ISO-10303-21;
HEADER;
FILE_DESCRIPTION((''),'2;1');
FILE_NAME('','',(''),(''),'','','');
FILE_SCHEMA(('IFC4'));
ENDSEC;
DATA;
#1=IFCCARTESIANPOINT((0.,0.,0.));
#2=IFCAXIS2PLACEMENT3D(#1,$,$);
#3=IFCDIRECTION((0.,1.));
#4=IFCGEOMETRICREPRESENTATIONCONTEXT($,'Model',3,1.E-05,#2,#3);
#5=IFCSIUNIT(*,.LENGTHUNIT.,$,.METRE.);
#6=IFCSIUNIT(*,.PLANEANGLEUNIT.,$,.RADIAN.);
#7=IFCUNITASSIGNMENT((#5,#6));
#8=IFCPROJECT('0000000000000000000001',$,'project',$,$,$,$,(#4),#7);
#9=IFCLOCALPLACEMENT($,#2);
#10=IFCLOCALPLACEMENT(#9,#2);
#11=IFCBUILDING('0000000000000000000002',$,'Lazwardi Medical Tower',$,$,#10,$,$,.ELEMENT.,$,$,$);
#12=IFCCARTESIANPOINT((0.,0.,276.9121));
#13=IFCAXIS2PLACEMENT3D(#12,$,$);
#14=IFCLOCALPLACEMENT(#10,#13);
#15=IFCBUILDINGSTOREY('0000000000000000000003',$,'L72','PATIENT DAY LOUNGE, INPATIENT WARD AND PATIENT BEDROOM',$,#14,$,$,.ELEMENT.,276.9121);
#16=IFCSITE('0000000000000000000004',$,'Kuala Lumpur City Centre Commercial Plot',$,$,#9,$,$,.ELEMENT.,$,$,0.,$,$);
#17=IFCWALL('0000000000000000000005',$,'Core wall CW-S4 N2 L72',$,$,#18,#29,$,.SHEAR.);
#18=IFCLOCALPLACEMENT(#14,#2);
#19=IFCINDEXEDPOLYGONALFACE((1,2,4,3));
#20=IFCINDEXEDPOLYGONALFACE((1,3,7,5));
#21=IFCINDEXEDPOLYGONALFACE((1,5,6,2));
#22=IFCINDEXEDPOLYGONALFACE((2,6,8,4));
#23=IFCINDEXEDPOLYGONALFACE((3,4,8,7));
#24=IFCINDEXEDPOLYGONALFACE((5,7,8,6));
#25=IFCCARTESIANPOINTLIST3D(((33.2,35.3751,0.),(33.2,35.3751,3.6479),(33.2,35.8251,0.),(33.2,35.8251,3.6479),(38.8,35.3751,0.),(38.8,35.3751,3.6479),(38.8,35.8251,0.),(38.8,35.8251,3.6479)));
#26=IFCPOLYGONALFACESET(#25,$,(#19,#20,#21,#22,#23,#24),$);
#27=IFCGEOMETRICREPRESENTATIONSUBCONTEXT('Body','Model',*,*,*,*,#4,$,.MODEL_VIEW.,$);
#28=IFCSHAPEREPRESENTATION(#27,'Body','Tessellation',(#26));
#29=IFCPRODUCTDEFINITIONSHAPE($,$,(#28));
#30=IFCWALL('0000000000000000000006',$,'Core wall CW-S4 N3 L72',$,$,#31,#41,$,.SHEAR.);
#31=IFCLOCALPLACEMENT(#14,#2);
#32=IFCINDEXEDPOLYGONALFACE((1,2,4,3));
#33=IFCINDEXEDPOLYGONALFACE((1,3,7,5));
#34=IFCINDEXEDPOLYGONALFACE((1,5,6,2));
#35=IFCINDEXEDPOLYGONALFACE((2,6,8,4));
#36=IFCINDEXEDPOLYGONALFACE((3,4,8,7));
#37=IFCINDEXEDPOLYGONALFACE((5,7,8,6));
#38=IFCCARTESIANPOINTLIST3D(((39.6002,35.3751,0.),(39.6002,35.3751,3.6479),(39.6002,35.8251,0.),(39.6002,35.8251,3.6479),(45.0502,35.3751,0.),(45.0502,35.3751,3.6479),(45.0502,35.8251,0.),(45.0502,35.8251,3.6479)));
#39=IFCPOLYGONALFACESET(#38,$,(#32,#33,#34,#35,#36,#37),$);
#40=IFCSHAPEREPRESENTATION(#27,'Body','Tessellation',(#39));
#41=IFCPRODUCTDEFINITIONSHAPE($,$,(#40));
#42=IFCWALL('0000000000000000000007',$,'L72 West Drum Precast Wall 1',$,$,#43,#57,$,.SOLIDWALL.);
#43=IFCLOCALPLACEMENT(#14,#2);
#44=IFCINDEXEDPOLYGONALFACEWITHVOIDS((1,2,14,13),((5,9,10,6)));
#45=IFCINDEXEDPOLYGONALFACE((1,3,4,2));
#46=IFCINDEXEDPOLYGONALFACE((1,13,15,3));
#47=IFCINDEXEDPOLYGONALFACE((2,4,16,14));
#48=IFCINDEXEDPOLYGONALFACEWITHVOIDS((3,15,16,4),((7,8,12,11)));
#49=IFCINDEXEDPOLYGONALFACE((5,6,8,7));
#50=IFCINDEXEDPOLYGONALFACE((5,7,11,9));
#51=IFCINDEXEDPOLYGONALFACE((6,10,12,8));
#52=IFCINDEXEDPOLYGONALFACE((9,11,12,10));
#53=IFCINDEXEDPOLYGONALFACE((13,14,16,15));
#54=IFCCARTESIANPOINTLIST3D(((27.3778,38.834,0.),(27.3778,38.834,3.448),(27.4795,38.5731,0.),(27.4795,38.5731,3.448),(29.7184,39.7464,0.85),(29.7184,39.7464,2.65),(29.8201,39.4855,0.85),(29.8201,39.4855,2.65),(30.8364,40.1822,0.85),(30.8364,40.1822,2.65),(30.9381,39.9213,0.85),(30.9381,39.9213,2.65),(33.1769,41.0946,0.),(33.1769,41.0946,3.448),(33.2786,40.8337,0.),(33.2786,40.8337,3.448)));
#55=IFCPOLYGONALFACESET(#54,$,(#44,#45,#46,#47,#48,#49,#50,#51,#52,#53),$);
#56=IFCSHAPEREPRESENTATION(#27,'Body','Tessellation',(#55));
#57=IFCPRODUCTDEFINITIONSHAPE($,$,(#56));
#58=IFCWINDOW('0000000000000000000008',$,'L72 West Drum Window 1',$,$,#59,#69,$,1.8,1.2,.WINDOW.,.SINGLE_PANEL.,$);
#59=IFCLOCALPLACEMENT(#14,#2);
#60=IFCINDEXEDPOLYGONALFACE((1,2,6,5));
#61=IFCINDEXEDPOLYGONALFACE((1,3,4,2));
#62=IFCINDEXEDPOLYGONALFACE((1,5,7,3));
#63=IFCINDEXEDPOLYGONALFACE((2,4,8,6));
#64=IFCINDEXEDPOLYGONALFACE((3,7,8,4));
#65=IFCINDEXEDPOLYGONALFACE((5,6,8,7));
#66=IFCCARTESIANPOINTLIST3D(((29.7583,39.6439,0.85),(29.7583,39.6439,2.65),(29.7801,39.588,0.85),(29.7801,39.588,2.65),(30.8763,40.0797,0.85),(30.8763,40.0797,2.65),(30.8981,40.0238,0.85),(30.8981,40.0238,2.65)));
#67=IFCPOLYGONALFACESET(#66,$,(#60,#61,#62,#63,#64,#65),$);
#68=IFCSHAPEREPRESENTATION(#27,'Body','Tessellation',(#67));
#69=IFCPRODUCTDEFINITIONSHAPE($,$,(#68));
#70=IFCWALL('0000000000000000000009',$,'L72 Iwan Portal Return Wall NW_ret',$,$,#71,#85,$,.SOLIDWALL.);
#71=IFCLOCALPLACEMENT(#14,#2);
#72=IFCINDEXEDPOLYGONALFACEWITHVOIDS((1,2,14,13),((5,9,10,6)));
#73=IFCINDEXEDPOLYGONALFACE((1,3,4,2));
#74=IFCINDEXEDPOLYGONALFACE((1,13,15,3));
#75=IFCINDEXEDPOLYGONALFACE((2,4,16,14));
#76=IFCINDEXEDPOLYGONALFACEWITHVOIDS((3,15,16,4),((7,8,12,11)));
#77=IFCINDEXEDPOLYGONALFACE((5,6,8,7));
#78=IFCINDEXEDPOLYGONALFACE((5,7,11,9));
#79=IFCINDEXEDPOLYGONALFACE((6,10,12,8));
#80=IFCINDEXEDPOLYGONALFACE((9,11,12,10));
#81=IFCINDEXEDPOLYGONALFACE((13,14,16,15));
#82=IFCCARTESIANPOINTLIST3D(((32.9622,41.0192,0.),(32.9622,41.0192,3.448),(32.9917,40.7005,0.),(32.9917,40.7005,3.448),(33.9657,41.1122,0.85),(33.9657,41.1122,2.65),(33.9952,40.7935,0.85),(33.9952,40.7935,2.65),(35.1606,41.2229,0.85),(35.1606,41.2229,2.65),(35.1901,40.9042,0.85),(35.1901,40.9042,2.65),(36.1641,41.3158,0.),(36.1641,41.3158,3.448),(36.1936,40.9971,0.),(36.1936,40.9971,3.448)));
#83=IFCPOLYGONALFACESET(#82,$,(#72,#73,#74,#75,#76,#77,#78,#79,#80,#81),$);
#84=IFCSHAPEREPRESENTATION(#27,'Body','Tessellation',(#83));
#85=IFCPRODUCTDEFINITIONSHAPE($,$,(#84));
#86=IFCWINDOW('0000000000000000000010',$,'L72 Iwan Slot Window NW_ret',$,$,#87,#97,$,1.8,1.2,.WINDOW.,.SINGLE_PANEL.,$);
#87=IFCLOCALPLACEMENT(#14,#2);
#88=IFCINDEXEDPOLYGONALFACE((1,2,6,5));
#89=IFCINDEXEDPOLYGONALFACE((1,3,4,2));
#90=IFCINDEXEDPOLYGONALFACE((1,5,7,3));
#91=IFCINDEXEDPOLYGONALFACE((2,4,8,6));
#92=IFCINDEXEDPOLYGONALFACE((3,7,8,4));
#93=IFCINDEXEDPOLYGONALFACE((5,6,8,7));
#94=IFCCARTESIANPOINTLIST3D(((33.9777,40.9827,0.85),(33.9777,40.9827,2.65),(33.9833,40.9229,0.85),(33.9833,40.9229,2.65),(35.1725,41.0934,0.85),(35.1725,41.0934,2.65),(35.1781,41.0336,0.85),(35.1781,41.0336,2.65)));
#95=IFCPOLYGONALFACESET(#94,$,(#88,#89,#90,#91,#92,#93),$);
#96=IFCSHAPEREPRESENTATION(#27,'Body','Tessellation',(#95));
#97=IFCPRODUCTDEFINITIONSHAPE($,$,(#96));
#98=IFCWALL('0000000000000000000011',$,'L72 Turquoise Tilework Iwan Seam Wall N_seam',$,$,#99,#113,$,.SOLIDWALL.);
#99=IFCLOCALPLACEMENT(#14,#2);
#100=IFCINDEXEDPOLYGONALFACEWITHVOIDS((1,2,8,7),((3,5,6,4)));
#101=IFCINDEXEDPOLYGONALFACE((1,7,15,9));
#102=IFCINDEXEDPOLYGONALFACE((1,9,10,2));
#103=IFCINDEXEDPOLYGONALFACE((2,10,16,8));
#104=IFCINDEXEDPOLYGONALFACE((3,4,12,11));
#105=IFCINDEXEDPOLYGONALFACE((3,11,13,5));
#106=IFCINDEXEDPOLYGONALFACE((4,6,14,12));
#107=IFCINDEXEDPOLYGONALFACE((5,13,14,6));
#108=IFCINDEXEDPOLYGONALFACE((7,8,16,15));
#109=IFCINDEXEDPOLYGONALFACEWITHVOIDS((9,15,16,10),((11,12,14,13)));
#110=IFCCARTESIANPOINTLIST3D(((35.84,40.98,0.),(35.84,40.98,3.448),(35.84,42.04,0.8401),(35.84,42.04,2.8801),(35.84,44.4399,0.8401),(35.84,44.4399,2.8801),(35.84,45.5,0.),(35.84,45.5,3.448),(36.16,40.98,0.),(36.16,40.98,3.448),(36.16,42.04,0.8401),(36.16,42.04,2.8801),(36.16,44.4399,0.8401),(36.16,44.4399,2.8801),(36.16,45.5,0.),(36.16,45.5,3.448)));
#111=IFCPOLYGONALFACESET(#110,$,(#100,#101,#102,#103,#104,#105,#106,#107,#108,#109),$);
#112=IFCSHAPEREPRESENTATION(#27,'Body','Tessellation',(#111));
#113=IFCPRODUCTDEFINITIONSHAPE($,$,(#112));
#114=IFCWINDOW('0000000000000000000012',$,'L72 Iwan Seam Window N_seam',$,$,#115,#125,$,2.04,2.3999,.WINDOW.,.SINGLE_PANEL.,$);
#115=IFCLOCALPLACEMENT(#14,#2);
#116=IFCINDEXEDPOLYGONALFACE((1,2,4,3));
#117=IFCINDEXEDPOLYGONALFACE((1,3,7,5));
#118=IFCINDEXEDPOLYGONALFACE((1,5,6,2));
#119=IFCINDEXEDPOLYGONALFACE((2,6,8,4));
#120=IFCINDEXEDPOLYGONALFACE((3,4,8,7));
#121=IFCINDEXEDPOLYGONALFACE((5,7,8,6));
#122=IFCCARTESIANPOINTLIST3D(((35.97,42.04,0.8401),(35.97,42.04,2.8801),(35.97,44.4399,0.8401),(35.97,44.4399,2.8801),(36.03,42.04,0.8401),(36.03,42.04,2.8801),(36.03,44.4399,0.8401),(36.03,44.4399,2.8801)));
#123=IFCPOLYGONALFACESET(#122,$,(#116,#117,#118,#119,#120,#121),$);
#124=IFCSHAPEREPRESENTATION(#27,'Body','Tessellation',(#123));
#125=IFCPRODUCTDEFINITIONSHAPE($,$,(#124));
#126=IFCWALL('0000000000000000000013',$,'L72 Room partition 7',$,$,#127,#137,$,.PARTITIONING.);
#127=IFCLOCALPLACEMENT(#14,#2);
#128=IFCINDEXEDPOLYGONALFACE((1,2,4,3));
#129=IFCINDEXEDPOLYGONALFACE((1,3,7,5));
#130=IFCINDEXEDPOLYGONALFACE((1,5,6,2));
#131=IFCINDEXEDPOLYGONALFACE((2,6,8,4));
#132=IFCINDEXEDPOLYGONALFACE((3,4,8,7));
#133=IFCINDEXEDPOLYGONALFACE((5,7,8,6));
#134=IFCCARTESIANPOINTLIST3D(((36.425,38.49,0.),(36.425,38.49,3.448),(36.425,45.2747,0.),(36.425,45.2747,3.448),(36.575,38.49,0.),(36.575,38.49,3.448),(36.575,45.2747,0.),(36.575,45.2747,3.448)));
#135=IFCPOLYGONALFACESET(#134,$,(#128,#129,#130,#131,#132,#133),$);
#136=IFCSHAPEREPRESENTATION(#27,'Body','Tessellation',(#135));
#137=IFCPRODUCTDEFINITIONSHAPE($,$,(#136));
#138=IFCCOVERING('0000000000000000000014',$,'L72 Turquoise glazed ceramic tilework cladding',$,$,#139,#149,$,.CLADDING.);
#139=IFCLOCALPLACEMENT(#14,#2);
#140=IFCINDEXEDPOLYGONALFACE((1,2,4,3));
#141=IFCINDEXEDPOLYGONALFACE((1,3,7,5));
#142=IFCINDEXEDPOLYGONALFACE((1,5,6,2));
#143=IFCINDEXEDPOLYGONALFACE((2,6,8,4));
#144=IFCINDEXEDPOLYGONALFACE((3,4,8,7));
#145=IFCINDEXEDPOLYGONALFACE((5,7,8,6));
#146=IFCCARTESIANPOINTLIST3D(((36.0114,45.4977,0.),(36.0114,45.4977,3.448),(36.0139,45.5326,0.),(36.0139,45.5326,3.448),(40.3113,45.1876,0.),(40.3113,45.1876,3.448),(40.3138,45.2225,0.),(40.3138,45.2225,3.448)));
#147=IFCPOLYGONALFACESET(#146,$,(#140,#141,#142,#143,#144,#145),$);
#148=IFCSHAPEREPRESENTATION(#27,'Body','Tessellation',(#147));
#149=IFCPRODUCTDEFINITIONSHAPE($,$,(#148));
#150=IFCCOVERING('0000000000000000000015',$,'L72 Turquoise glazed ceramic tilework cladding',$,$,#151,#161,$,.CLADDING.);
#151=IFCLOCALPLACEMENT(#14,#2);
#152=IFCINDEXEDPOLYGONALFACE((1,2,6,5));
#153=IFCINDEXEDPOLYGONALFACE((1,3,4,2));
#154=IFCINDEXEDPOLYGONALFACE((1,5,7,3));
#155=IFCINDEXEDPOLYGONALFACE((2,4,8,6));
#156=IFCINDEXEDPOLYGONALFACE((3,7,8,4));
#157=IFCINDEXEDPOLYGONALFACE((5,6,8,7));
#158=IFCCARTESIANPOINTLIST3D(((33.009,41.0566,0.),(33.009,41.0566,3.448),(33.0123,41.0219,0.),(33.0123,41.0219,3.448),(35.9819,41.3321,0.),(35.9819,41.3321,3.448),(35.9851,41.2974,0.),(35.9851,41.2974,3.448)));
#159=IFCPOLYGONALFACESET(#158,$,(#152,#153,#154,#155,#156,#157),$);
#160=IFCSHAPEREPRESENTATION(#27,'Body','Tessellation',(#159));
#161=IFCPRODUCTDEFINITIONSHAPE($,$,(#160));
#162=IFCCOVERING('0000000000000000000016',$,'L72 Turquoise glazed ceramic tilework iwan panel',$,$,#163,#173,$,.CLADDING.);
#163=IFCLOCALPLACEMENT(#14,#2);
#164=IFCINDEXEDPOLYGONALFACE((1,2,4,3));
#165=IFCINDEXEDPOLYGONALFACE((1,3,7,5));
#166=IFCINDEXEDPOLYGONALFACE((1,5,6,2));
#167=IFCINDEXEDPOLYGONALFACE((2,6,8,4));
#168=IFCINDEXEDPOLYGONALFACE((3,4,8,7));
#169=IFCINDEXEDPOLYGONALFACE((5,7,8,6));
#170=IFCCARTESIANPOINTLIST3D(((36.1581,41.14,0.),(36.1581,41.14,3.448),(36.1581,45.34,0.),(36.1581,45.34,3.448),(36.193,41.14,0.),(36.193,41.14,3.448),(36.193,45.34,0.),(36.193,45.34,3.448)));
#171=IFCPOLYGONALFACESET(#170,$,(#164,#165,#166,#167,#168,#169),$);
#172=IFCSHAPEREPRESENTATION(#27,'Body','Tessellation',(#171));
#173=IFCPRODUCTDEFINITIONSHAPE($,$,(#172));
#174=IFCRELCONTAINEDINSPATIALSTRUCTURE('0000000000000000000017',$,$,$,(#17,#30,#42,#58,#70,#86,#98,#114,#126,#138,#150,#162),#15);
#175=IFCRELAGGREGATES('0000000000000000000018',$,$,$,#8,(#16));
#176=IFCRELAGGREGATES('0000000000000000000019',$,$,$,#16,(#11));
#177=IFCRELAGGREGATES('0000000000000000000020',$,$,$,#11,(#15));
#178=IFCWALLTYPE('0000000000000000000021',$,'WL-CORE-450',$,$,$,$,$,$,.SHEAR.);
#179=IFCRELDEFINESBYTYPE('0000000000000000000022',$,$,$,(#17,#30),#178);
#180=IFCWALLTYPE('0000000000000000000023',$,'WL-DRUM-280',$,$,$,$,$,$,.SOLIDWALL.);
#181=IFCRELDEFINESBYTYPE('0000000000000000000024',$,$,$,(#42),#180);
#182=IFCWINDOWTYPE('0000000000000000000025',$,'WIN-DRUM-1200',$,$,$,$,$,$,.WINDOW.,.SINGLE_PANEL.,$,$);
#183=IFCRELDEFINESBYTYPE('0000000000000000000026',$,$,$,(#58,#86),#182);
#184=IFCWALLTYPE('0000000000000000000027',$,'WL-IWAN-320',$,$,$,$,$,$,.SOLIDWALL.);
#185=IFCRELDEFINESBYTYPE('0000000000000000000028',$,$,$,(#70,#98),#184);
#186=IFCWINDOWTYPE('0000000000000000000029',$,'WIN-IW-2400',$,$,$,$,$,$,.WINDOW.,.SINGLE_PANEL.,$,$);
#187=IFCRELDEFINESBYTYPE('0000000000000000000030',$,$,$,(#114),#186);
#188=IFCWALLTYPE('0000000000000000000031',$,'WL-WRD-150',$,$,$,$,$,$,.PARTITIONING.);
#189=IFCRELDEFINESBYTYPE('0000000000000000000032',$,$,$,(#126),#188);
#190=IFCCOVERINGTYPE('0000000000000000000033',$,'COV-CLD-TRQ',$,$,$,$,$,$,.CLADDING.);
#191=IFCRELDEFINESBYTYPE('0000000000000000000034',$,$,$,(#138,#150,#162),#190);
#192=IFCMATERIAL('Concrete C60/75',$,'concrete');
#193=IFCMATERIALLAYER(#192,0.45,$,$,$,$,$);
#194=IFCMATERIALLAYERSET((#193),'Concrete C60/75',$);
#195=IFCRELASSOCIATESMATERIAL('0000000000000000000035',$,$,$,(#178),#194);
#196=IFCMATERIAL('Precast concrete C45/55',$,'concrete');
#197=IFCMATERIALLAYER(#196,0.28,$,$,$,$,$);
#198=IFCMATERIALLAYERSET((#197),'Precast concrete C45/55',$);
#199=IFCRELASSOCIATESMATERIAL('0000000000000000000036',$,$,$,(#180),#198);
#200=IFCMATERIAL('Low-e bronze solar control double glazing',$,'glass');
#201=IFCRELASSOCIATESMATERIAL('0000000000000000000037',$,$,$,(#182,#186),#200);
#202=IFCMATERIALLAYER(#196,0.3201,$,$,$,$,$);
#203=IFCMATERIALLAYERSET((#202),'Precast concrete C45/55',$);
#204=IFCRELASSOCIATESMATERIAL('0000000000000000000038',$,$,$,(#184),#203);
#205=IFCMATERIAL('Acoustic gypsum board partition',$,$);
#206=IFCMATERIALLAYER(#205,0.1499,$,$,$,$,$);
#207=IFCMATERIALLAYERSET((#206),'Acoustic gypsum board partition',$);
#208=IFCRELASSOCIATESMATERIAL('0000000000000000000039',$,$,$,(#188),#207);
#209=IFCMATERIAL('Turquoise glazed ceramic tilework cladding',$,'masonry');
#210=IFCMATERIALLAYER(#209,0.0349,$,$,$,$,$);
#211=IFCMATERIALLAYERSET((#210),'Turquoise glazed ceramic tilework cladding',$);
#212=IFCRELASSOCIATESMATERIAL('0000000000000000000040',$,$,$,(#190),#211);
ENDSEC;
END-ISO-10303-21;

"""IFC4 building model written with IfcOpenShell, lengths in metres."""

from ifc_helpers import new_model, si_unit, direction, frame, frame_2d, origin, origin_2d, place, context, subcontext, project, spatial, rectangle, extrude, material, layer, layer_set, type_object, element, fill, save


model = new_model("IFC4")

# Units and contexts
model_context = context("Model", 3, precision=1e-05, world=origin(), true_north=direction((0.0, 1.0)))
body_context = subcontext(model_context, "Body", "Model", "MODEL_VIEW")
ifc_project = project(units=[si_unit("LENGTHUNIT", "METRE"), si_unit("PLANEANGLEUNIT", "RADIAN")], contexts=[model_context])

# Site, building, storey
site_placement = place(None, origin())
site = spatial("IfcSite", under=ifc_project, at=site_placement, Name="Kuala Lumpur City Centre Commercial Plot", CompositionType="ELEMENT", RefElevation=0.0)
building_placement = place(site_placement, origin())
building = spatial("IfcBuilding", under=site, at=building_placement, Name="Lazwardi Medical Tower", CompositionType="ELEMENT")
storey_placement = place(building_placement, frame((0.0, 0.0, 276.9121)))
storey = spatial("IfcBuildingStorey", under=building, at=storey_placement, Name="L72", Description="PATIENT DAY LOUNGE, INPATIENT WARD AND PATIENT BEDROOM", CompositionType="ELEMENT", Elevation=276.9121)

# Shared definitions
ifc_material_1 = material(Name="Concrete C60/75", Category="concrete")

# Walls
ifc_layer_1 = layer(ifc_material_1, 0.45)
ifc_layer_set_1 = layer_set([ifc_layer_1], Name="Concrete C60/75")
wall_type_1 = type_object("IfcWallType", Name="WL-CORE-450", PredefinedType="SHEAR", material=ifc_layer_set_1)
wall_1_placement = place(storey_placement, frame((33.2, 35.6001, 0.0), z_axis=(0.0, 0.0, 1.0), x_axis=(1.0, 0.0, 0.0)))
element("IfcWall", 1, at=wall_1_placement, inside=storey, type_object=wall_type_1, Name="Core wall CW-S4 N2 L72", PredefinedType="SHEAR", context=body_context, shape_type="SweptSolid", body=[
    extrude(rectangle(XDim=5.6001, YDim=0.45, at=frame_2d((2.8, 0.0))), origin(), (0.0, 0.0, 1.0), 3.6479),
])
wall_2_placement = place(storey_placement, frame((39.6001, 35.6001, 0.0), z_axis=(0.0, 0.0, 1.0), x_axis=(1.0, 0.0, 0.0)))
element("IfcWall", 2, at=wall_2_placement, inside=storey, type_object=wall_type_1, Name="Core wall CW-S4 N3 L72", PredefinedType="SHEAR", context=body_context, shape_type="SweptSolid", body=[
    extrude(rectangle(XDim=5.45, YDim=0.45, at=frame_2d((2.7251, 0.0))), origin(), (0.0, 0.0, 1.0), 3.6479),
])

# Walls, openings, windows
ifc_material_2 = material(Name="Precast concrete C45/55", Category="concrete")
ifc_layer_2 = layer(ifc_material_2, 0.28)
ifc_layer_set_2 = layer_set([ifc_layer_2], Name="Precast concrete C45/55")
wall_type_2 = type_object("IfcWallType", Name="WL-DRUM-280", PredefinedType="SOLIDWALL", material=ifc_layer_set_2)
wall_3_placement = place(storey_placement, frame((33.2278, 40.9641, 0.0), z_axis=(0.0, 0.0, 1.0), x_axis=(-0.931717, -0.363186, 0.0)))
wall_3 = element("IfcWall", 3, at=wall_3_placement, inside=storey, type_object=wall_type_2, Name="L72 West Drum Precast Wall 1", PredefinedType="SOLIDWALL", context=body_context, shape_type="SweptSolid", body=[
    extrude(rectangle(XDim=6.2241, YDim=0.28, at=frame_2d((3.1121, 0.0))), origin(), (0.0, 0.0, 1.0), 3.448),
])
opening_1_placement = place(wall_3_placement, frame((2.512, 0.0, 0.8501)))
opening_1 = element("IfcOpeningElement", 4, at=opening_1_placement, cuts=wall_3, PredefinedType="OPENING", context=body_context, shape_type="SweptSolid", body=[
    extrude(rectangle(XDim=1.2, YDim=1.8, at=frame_2d((0.6001, 0.8999))), frame((0.0, 0.1499, 0.0), z_axis=(0.0, -1.0, 0.0), x_axis=(1.0, 0.0, 0.0)), (0.0, 0.0, 1.0), 0.3),
])
ifc_material_3 = material(Name="Low-e bronze solar control double glazing", Category="glass")
window_type_1 = type_object("IfcWindowType", Name="WIN-DRUM-1200", PartitioningType="SINGLE_PANEL", PredefinedType="WINDOW", material=ifc_material_3)
window_1_placement = place(opening_1_placement, origin())
window_1 = element("IfcWindow", 5, at=window_1_placement, inside=storey, type_object=window_type_1, Name="L72 West Drum Window 1", OverallHeight=1.8, OverallWidth=1.2, PartitioningType="SINGLE_PANEL", PredefinedType="WINDOW", context=body_context, shape_type="SweptSolid", body=[
    extrude(rectangle(XDim=1.2, YDim=1.8, at=frame_2d((0.6001, 0.8999))), frame((0.0, 0.03, 0.0), z_axis=(0.0, -1.0, 0.0), x_axis=(1.0, 0.0, 0.0)), (0.0, 0.0, 1.0), 0.0601),
])
fill(opening_1, window_1)
ifc_layer_3 = layer(ifc_material_2, 0.3201)
ifc_layer_set_3 = layer_set([ifc_layer_3], Name="Precast concrete C45/55")
wall_type_3 = type_object("IfcWallType", Name="WL-IWAN-320", PredefinedType="SOLIDWALL", material=ifc_layer_set_3)
wall_4_placement = place(storey_placement, frame((36.179, 41.1565, 0.0), z_axis=(0.0, 0.0, 1.0), x_axis=(-0.995736, -0.092247, 0.0)))
wall_4 = element("IfcWall", 6, at=wall_4_placement, inside=storey, type_object=wall_type_3, Name="L72 Iwan Portal Return Wall NW_ret", PredefinedType="SOLIDWALL", context=body_context, shape_type="SweptSolid", body=[
    extrude(rectangle(XDim=3.2156, YDim=0.3201, at=frame_2d((1.6079, 0.0))), origin(), (0.0, 0.0, 1.0), 3.448),
])
opening_2_placement = place(wall_4_placement, frame((1.0078, 0.0, 0.8501)))
opening_2 = element("IfcOpeningElement", 7, at=opening_2_placement, cuts=wall_4, PredefinedType="OPENING", context=body_context, shape_type="SweptSolid", body=[
    extrude(rectangle(XDim=1.2, YDim=1.8, at=frame_2d((0.6001, 0.8999))), frame((0.0, 0.1699, 0.0), z_axis=(0.0, -1.0, 0.0), x_axis=(1.0, 0.0, 0.0)), (0.0, 0.0, 1.0), 0.3401),
])
window_2_placement = place(opening_2_placement, origin())
window_2 = element("IfcWindow", 8, at=window_2_placement, inside=storey, type_object=window_type_1, Name="L72 Iwan Slot Window NW_ret", OverallHeight=1.8, OverallWidth=1.2, PartitioningType="SINGLE_PANEL", PredefinedType="WINDOW", context=body_context, shape_type="SweptSolid", body=[
    extrude(rectangle(XDim=1.2, YDim=1.8, at=frame_2d((0.6001, 0.8999))), frame((0.0, 0.03, 0.0), z_axis=(0.0, -1.0, 0.0), x_axis=(1.0, 0.0, 0.0)), (0.0, 0.0, 1.0), 0.0601),
])
fill(opening_2, window_2)
wall_5_placement = place(storey_placement, frame((36.0, 45.5, 0.0), z_axis=(0.0, 0.0, 1.0), x_axis=(0.0, -1.0, 0.0)))
wall_5 = element("IfcWall", 9, at=wall_5_placement, inside=storey, type_object=wall_type_3, Name="L72 Turquoise Tilework Iwan Seam Wall N_seam", PredefinedType="SOLIDWALL", context=body_context, shape_type="SweptSolid", body=[
    extrude(rectangle(XDim=4.52, YDim=0.3201, at=frame_2d((2.26, 0.0))), origin(), (0.0, 0.0, 1.0), 3.448),
])
opening_3_placement = place(wall_5_placement, frame((1.0601, 0.0, 0.8401)))
opening_3 = element("IfcOpeningElement", 10, at=opening_3_placement, cuts=wall_5, PredefinedType="OPENING", context=body_context, shape_type="SweptSolid", body=[
    extrude(rectangle(XDim=2.3999, YDim=2.04, at=frame_2d((1.2, 1.02))), frame((0.0, 0.1699, 0.0), z_axis=(0.0, -1.0, 0.0), x_axis=(1.0, 0.0, 0.0)), (0.0, 0.0, 1.0), 0.3401),
])
window_type_2 = type_object("IfcWindowType", Name="WIN-IW-2400", PartitioningType="SINGLE_PANEL", PredefinedType="WINDOW", material=ifc_material_3)
window_3_placement = place(opening_3_placement, origin())
window_3 = element("IfcWindow", 11, at=window_3_placement, inside=storey, type_object=window_type_2, Name="L72 Iwan Seam Window N_seam", OverallHeight=2.04, OverallWidth=2.3999, PartitioningType="SINGLE_PANEL", PredefinedType="WINDOW", context=body_context, shape_type="SweptSolid", body=[
    extrude(rectangle(XDim=2.3999, YDim=2.04, at=frame_2d((1.2, 1.02))), frame((0.0, 0.03, 0.0), z_axis=(0.0, -1.0, 0.0), x_axis=(1.0, 0.0, 0.0)), (0.0, 0.0, 1.0), 0.0601),
])
fill(opening_3, window_3)

# Wall
ifc_material_4 = material(Name="Acoustic gypsum board partition")
ifc_layer_4 = layer(ifc_material_4, 0.1499)
ifc_layer_set_4 = layer_set([ifc_layer_4], Name="Acoustic gypsum board partition")
wall_type_4 = type_object("IfcWallType", Name="WL-WRD-150", PredefinedType="PARTITIONING", material=ifc_layer_set_4)
wall_6_placement = place(storey_placement, frame((36.5, 38.49, 0.0), z_axis=(0.0, 0.0, 1.0), x_axis=(0.0, 1.0, 0.0)))
element("IfcWall", 12, at=wall_6_placement, inside=storey, type_object=wall_type_4, Name="L72 Room partition 7", PredefinedType="PARTITIONING", context=body_context, shape_type="SweptSolid", body=[
    extrude(rectangle(XDim=6.7847, YDim=0.1499, at=frame_2d((3.3923, 0.0))), origin(), (0.0, 0.0, 1.0), 3.448),
])

# Coverings
ifc_material_5 = material(Name="Turquoise glazed ceramic tilework cladding", Category="masonry")
ifc_layer_5 = layer(ifc_material_5, 0.0349)
ifc_layer_set_5 = layer_set([ifc_layer_5], Name="Turquoise glazed ceramic tilework cladding")
covering_type = type_object("IfcCoveringType", Name="COV-CLD-TRQ", PredefinedType="CLADDING", material=ifc_layer_set_5)
covering_1_placement = place(storey_placement, frame((38.1626, 45.3601, 0.0), z_axis=(0.0, 0.0, 1.0), x_axis=(-0.997409, 0.071933, 0.0)))
element("IfcCovering", 13, at=covering_1_placement, inside=storey, type_object=covering_type, Name="L72 Turquoise glazed ceramic tilework cladding", PredefinedType="CLADDING", context=body_context, shape_type="SweptSolid", body=[
    extrude(rectangle(XDim=4.311, YDim=0.0349, at=origin_2d()), origin(), (0.0, 0.0, 1.0), 3.448),
])
covering_2_placement = place(storey_placement, frame((34.4971, 41.177, 0.0), z_axis=(0.0, 0.0, 1.0), x_axis=(-0.995734, -0.092275, 0.0)))
element("IfcCovering", 14, at=covering_2_placement, inside=storey, type_object=covering_type, Name="L72 Turquoise glazed ceramic tilework cladding", PredefinedType="CLADDING", context=body_context, shape_type="SweptSolid", body=[
    extrude(rectangle(XDim=2.9856, YDim=0.0349, at=origin_2d()), origin(), (0.0, 0.0, 1.0), 3.448),
])
covering_3_placement = place(storey_placement, frame((36.1755, 43.24, 0.0), z_axis=(0.0, 0.0, 1.0), x_axis=(0.0, -1.0, 0.0)))
element("IfcCovering", 15, at=covering_3_placement, inside=storey, type_object=covering_type, Name="L72 Turquoise glazed ceramic tilework iwan panel", PredefinedType="CLADDING", context=body_context, shape_type="SweptSolid", body=[
    extrude(rectangle(XDim=4.2, YDim=0.0349, at=origin_2d()), origin(), (0.0, 0.0, 1.0), 3.448),
])

save(model, "model.ifc")
